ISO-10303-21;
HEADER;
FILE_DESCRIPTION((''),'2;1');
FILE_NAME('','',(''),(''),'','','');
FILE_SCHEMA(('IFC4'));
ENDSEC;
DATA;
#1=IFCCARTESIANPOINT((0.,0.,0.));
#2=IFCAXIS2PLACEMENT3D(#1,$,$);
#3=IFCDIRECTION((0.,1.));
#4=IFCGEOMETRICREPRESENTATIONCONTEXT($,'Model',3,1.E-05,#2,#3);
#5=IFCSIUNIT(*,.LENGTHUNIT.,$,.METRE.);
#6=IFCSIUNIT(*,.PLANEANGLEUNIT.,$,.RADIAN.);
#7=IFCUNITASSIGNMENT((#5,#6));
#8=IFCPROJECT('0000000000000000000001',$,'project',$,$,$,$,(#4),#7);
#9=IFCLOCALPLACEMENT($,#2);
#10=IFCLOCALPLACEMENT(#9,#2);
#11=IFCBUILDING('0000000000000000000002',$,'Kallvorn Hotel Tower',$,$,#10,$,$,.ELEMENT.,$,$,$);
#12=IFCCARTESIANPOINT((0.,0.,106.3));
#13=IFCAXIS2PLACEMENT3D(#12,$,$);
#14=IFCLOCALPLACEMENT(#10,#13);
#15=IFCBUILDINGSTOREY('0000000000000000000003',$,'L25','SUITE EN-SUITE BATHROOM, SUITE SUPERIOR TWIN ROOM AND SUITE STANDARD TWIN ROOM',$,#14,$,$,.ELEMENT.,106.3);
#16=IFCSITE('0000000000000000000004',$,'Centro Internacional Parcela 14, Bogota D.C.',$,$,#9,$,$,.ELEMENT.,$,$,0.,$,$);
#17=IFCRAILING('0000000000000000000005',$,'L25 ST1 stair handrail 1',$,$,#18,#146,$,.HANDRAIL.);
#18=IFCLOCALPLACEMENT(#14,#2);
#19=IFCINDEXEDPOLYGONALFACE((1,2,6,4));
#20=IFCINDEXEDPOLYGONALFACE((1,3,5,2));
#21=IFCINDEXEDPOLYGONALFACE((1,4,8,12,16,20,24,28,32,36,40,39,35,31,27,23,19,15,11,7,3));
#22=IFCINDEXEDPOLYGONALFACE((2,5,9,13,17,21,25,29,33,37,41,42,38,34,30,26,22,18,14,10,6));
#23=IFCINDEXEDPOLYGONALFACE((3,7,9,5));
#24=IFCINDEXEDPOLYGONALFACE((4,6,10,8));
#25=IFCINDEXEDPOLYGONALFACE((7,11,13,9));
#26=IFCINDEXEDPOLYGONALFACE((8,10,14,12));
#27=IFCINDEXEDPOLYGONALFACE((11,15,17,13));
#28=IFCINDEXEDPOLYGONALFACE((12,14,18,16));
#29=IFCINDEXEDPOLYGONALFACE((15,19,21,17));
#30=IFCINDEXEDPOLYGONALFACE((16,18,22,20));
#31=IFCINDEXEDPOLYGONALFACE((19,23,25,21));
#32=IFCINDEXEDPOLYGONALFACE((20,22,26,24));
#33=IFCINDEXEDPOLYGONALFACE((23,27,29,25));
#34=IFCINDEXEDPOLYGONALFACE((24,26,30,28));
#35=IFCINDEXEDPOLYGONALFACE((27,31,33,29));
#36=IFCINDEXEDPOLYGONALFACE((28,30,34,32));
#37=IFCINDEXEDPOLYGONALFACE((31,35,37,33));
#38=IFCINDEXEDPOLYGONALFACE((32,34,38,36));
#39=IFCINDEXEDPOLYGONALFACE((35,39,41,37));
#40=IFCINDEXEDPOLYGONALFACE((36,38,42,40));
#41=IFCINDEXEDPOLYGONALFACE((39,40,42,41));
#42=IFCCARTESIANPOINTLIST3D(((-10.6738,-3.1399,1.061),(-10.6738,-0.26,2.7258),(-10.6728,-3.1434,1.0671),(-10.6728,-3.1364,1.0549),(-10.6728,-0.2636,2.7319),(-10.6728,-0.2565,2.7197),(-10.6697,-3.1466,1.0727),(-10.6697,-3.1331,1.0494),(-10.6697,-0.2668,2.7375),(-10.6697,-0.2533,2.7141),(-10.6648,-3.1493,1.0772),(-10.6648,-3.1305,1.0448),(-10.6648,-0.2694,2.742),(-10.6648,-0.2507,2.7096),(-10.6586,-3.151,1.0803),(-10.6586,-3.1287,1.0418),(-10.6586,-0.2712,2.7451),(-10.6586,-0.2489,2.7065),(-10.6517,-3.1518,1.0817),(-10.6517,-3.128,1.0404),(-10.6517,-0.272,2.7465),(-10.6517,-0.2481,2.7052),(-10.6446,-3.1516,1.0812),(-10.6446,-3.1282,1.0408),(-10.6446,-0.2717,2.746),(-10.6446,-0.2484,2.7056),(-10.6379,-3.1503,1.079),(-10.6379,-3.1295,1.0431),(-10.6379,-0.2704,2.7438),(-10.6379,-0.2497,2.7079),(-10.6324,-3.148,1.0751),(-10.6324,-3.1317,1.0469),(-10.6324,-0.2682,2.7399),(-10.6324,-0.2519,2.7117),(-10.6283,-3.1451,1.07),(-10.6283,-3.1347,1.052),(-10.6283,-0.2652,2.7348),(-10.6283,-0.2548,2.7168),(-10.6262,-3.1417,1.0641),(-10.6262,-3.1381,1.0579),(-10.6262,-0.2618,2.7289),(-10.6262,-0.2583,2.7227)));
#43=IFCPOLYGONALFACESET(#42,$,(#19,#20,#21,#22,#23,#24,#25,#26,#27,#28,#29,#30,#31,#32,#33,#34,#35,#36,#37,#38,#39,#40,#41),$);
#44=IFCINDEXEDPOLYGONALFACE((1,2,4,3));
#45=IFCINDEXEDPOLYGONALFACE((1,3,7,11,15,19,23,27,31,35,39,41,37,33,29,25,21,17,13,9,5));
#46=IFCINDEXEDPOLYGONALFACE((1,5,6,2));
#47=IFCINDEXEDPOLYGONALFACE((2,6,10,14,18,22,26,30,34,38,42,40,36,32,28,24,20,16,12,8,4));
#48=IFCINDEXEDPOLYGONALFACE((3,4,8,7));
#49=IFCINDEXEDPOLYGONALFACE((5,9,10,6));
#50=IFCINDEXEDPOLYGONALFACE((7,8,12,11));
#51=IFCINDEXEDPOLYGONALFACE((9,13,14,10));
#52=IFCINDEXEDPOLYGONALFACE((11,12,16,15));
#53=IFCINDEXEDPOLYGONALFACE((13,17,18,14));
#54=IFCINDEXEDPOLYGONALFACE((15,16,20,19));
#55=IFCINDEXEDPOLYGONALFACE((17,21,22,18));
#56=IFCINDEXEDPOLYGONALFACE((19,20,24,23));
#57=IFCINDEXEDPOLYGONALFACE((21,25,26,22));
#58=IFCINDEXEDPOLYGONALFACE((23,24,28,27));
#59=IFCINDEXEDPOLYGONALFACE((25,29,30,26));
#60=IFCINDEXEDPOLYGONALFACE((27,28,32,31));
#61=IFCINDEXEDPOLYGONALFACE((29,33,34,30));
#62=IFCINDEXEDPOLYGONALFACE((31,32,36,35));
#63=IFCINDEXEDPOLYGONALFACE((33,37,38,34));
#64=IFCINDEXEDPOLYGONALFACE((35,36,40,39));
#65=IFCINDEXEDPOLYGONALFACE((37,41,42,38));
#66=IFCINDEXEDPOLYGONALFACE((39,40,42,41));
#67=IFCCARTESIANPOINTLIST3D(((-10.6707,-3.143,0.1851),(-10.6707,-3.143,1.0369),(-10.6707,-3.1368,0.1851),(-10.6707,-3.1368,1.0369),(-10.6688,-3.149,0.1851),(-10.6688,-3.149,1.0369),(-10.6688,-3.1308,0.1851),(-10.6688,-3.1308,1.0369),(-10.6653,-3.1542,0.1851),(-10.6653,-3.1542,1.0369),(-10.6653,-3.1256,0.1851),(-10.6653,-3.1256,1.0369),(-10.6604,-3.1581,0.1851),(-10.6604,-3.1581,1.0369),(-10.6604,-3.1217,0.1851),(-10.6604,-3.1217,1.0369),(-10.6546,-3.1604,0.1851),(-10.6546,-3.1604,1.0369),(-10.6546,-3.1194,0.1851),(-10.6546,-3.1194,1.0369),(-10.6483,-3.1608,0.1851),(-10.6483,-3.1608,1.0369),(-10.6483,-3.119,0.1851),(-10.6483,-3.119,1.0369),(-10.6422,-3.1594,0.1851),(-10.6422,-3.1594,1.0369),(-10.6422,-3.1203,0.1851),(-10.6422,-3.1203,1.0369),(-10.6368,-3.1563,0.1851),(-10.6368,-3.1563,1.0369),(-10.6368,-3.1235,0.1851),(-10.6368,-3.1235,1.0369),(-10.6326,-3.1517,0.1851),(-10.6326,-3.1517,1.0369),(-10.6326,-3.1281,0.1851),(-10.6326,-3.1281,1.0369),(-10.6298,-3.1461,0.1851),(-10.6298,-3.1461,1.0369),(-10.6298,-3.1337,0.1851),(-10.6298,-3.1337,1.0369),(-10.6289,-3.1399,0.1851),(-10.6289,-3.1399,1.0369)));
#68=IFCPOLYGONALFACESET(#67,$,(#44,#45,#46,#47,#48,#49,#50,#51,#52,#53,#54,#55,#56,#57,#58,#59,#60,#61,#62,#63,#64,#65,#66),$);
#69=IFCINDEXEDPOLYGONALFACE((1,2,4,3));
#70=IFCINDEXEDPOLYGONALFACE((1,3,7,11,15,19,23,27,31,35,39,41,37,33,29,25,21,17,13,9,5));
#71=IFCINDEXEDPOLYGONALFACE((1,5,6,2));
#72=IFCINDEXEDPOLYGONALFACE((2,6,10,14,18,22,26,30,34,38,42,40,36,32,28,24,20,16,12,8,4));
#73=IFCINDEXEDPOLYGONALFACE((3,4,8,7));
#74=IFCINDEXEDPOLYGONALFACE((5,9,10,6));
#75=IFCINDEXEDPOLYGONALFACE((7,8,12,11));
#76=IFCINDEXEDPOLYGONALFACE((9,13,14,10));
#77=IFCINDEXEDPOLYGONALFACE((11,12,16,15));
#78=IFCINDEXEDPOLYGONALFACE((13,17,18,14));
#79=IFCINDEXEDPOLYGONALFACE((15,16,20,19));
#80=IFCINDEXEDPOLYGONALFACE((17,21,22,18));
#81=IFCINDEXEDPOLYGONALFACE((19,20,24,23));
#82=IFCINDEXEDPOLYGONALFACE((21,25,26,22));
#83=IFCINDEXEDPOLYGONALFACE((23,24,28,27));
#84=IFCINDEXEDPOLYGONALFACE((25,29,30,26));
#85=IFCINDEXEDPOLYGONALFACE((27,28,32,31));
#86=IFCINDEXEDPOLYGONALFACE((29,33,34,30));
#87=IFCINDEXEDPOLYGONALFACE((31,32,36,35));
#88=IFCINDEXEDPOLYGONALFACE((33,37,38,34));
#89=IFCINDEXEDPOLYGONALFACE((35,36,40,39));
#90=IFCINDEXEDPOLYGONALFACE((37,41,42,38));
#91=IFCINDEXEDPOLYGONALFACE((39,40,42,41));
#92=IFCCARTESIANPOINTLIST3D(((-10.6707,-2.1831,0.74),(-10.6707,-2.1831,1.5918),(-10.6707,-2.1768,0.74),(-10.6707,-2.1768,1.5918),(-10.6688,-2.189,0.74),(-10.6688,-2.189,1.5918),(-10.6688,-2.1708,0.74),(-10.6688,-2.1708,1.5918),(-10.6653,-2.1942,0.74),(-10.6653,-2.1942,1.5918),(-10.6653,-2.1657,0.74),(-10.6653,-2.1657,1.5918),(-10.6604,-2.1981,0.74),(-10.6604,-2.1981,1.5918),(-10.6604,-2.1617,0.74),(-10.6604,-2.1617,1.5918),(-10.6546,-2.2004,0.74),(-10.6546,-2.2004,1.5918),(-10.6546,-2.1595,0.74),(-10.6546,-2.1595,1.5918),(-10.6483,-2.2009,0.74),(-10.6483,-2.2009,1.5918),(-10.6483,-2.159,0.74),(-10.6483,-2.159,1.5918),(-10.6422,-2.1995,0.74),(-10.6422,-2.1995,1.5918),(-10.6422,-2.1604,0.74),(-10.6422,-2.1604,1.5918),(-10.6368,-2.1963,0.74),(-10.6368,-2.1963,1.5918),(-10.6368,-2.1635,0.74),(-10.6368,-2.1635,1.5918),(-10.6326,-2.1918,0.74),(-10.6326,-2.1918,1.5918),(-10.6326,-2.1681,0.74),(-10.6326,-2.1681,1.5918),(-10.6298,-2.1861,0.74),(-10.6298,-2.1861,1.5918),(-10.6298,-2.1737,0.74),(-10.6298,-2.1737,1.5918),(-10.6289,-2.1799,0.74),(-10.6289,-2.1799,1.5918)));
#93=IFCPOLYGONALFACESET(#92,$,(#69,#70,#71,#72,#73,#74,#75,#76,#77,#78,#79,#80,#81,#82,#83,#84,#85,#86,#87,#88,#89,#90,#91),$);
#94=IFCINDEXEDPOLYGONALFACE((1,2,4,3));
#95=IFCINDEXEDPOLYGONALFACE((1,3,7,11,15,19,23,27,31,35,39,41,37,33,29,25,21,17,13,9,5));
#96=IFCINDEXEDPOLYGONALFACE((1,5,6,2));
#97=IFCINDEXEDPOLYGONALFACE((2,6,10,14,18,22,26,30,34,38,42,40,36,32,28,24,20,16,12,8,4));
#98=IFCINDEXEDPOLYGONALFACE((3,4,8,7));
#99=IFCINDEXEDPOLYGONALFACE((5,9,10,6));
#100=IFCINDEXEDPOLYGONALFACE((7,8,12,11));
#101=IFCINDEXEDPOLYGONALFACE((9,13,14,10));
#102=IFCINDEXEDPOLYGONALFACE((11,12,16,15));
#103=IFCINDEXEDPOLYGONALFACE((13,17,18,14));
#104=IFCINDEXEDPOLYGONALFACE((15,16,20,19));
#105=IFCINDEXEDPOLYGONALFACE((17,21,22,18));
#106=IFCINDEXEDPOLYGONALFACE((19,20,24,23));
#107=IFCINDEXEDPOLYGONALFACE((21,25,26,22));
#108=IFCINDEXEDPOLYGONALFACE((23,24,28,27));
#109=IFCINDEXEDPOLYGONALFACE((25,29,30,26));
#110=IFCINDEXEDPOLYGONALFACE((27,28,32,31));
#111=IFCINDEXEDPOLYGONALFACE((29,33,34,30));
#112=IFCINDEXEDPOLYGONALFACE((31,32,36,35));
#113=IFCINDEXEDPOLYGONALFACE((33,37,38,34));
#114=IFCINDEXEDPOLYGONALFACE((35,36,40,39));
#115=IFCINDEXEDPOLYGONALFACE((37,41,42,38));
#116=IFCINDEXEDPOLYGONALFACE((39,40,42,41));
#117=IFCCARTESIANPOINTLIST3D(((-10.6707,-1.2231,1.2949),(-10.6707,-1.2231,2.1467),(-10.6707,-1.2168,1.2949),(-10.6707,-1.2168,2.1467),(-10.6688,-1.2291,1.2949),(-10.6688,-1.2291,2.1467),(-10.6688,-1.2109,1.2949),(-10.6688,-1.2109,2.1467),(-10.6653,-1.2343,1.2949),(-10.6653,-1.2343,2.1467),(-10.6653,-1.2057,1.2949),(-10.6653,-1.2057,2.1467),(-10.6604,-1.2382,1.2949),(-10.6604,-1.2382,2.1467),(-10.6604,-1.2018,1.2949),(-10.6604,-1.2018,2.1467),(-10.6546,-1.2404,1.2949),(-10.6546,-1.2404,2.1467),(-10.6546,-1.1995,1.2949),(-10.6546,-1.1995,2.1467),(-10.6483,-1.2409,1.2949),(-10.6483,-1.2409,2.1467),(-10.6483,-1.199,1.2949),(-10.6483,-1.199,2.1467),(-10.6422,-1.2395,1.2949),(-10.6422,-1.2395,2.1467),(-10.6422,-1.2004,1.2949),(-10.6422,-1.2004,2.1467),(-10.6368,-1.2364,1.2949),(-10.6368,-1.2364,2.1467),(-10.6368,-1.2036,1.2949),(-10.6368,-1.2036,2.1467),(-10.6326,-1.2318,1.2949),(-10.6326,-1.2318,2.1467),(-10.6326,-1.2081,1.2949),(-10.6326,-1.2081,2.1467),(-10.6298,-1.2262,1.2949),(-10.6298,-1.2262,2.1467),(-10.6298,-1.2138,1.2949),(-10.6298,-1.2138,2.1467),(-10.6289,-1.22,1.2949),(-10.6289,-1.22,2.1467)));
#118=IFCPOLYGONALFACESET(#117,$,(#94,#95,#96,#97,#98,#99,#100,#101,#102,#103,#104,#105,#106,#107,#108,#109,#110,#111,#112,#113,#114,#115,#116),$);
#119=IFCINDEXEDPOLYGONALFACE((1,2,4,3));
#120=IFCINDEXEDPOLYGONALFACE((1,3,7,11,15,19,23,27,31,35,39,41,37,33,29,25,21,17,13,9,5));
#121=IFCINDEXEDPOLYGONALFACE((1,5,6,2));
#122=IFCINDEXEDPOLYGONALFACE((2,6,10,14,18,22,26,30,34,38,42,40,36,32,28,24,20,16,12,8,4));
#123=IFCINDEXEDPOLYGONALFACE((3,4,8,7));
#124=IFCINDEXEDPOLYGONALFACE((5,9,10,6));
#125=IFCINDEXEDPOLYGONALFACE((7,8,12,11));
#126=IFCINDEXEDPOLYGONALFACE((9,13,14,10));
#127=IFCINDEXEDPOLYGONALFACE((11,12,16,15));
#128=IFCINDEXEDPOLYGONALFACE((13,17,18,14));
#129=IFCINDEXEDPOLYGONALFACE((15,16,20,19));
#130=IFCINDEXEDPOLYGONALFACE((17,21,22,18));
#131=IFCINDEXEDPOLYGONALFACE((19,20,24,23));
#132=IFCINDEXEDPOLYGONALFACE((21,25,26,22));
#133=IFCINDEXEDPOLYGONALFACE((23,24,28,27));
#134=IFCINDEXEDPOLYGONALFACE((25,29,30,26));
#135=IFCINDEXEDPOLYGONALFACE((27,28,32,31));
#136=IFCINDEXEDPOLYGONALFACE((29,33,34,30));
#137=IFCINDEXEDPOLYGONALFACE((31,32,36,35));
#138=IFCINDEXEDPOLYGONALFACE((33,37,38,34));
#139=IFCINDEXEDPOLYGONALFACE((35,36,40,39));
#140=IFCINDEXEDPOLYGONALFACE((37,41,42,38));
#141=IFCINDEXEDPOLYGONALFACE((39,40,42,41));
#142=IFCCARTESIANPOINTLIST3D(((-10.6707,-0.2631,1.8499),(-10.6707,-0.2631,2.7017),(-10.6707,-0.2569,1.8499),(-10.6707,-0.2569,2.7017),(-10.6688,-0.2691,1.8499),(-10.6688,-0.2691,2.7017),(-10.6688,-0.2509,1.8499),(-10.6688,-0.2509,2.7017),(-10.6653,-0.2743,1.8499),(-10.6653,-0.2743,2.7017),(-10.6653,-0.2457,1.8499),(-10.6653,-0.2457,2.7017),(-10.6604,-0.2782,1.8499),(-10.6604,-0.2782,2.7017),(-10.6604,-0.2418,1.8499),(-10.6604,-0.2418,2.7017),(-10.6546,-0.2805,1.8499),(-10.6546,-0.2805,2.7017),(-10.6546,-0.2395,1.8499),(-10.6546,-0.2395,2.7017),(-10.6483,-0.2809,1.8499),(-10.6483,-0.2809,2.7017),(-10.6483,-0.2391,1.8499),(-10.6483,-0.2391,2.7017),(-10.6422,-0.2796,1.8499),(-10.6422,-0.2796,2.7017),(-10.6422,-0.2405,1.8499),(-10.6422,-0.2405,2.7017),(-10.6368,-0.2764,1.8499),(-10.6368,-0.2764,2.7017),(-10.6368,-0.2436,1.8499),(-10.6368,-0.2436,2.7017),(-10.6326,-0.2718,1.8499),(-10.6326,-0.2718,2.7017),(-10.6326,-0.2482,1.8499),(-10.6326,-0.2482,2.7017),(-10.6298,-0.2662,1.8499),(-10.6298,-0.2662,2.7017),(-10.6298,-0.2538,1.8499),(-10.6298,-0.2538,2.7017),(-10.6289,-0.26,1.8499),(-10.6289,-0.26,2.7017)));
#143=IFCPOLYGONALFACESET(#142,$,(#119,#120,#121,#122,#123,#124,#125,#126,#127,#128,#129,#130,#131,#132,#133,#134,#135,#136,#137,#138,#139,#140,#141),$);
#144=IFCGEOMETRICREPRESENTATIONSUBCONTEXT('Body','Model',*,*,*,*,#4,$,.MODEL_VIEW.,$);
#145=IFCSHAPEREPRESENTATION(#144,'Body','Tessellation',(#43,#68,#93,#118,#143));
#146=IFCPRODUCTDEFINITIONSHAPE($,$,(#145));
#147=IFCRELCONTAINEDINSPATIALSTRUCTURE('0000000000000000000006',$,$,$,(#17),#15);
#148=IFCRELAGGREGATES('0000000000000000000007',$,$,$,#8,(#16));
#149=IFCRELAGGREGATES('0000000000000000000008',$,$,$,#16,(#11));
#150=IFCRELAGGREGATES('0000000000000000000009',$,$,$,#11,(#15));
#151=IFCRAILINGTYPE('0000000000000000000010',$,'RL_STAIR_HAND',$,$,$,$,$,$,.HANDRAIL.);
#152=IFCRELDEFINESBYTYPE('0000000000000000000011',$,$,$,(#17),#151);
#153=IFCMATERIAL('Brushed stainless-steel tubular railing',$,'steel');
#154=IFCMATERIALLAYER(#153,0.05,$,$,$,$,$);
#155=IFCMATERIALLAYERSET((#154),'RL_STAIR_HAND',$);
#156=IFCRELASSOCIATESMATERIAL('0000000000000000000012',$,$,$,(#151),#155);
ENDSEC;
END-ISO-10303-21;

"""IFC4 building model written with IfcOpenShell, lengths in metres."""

from ifc_helpers import new_model, si_unit, direction, frame, origin, origin_2d, place, context, subcontext, project, spatial, circle, extrude, material, layer, layer_set, type_object, element, save


model = new_model("IFC4")

# Units and contexts
model_context = context("Model", 3, precision=1e-05, world=origin(), true_north=direction((0.0, 1.0)))
body_context = subcontext(model_context, "Body", "Model", "MODEL_VIEW")
ifc_project = project(units=[si_unit("LENGTHUNIT", "METRE"), si_unit("PLANEANGLEUNIT", "RADIAN")], contexts=[model_context])

# Site, building, storey
site_placement = place(None, origin())
site = spatial("IfcSite", under=ifc_project, at=site_placement, Name="Centro Internacional Parcela 14, Bogota D.C.", CompositionType="ELEMENT", RefElevation=0.0)
building_placement = place(site_placement, origin())
building = spatial("IfcBuilding", under=site, at=building_placement, Name="Kallvorn Hotel Tower", CompositionType="ELEMENT")
storey_placement = place(building_placement, frame((0.0, 0.0, 106.3)))
storey = spatial("IfcBuildingStorey", under=building, at=storey_placement, Name="L25", Description="SUITE EN-SUITE BATHROOM, SUITE SUPERIOR TWIN ROOM AND SUITE STANDARD TWIN ROOM", CompositionType="ELEMENT", Elevation=106.3)

# Railing
ifc_material_1 = material(Name="Brushed stainless-steel tubular railing", Category="steel")
ifc_layer_1 = layer(ifc_material_1, 0.05)
ifc_layer_set_1 = layer_set([ifc_layer_1], Name="RL_STAIR_HAND")
railing_type_1 = type_object("IfcRailingType", Name="RL_STAIR_HAND", PredefinedType="HANDRAIL", material=ifc_layer_set_1)
railing_1_placement = place(storey_placement, frame((-10.6499, -3.1399, 0.1851)))
element("IfcRailing", 1, at=railing_1_placement, inside=storey, type_object=railing_type_1, Name="L25 ST1 stair handrail 1", PredefinedType="HANDRAIL", context=body_context, shape_type="SweptSolid", body=[
    extrude(circle(Radius=0.0239, at=origin_2d()), frame((0.0, 0.0, 0.876), z_axis=(0.0, 0.865753, 0.500472), x_axis=(-1.0, 0.0, 0.0)), (0.0, 0.0, 1.0), 3.3264),
    extrude(circle(Radius=0.021, at=origin_2d()), origin(), (0.0, 0.0, 1.0), 0.8518),
    extrude(circle(Radius=0.021, at=origin_2d()), frame((0.0, 0.96, 0.5549)), (0.0, 0.0, 1.0), 0.8518),
    extrude(circle(Radius=0.021, at=origin_2d()), frame((0.0, 1.9199, 1.1099)), (0.0, 0.0, 1.0), 0.8518),
    extrude(circle(Radius=0.021, at=origin_2d()), frame((0.0, 2.8799, 1.6648)), (0.0, 0.0, 1.0), 0.8518),
])

save(model, "model.ifc")
